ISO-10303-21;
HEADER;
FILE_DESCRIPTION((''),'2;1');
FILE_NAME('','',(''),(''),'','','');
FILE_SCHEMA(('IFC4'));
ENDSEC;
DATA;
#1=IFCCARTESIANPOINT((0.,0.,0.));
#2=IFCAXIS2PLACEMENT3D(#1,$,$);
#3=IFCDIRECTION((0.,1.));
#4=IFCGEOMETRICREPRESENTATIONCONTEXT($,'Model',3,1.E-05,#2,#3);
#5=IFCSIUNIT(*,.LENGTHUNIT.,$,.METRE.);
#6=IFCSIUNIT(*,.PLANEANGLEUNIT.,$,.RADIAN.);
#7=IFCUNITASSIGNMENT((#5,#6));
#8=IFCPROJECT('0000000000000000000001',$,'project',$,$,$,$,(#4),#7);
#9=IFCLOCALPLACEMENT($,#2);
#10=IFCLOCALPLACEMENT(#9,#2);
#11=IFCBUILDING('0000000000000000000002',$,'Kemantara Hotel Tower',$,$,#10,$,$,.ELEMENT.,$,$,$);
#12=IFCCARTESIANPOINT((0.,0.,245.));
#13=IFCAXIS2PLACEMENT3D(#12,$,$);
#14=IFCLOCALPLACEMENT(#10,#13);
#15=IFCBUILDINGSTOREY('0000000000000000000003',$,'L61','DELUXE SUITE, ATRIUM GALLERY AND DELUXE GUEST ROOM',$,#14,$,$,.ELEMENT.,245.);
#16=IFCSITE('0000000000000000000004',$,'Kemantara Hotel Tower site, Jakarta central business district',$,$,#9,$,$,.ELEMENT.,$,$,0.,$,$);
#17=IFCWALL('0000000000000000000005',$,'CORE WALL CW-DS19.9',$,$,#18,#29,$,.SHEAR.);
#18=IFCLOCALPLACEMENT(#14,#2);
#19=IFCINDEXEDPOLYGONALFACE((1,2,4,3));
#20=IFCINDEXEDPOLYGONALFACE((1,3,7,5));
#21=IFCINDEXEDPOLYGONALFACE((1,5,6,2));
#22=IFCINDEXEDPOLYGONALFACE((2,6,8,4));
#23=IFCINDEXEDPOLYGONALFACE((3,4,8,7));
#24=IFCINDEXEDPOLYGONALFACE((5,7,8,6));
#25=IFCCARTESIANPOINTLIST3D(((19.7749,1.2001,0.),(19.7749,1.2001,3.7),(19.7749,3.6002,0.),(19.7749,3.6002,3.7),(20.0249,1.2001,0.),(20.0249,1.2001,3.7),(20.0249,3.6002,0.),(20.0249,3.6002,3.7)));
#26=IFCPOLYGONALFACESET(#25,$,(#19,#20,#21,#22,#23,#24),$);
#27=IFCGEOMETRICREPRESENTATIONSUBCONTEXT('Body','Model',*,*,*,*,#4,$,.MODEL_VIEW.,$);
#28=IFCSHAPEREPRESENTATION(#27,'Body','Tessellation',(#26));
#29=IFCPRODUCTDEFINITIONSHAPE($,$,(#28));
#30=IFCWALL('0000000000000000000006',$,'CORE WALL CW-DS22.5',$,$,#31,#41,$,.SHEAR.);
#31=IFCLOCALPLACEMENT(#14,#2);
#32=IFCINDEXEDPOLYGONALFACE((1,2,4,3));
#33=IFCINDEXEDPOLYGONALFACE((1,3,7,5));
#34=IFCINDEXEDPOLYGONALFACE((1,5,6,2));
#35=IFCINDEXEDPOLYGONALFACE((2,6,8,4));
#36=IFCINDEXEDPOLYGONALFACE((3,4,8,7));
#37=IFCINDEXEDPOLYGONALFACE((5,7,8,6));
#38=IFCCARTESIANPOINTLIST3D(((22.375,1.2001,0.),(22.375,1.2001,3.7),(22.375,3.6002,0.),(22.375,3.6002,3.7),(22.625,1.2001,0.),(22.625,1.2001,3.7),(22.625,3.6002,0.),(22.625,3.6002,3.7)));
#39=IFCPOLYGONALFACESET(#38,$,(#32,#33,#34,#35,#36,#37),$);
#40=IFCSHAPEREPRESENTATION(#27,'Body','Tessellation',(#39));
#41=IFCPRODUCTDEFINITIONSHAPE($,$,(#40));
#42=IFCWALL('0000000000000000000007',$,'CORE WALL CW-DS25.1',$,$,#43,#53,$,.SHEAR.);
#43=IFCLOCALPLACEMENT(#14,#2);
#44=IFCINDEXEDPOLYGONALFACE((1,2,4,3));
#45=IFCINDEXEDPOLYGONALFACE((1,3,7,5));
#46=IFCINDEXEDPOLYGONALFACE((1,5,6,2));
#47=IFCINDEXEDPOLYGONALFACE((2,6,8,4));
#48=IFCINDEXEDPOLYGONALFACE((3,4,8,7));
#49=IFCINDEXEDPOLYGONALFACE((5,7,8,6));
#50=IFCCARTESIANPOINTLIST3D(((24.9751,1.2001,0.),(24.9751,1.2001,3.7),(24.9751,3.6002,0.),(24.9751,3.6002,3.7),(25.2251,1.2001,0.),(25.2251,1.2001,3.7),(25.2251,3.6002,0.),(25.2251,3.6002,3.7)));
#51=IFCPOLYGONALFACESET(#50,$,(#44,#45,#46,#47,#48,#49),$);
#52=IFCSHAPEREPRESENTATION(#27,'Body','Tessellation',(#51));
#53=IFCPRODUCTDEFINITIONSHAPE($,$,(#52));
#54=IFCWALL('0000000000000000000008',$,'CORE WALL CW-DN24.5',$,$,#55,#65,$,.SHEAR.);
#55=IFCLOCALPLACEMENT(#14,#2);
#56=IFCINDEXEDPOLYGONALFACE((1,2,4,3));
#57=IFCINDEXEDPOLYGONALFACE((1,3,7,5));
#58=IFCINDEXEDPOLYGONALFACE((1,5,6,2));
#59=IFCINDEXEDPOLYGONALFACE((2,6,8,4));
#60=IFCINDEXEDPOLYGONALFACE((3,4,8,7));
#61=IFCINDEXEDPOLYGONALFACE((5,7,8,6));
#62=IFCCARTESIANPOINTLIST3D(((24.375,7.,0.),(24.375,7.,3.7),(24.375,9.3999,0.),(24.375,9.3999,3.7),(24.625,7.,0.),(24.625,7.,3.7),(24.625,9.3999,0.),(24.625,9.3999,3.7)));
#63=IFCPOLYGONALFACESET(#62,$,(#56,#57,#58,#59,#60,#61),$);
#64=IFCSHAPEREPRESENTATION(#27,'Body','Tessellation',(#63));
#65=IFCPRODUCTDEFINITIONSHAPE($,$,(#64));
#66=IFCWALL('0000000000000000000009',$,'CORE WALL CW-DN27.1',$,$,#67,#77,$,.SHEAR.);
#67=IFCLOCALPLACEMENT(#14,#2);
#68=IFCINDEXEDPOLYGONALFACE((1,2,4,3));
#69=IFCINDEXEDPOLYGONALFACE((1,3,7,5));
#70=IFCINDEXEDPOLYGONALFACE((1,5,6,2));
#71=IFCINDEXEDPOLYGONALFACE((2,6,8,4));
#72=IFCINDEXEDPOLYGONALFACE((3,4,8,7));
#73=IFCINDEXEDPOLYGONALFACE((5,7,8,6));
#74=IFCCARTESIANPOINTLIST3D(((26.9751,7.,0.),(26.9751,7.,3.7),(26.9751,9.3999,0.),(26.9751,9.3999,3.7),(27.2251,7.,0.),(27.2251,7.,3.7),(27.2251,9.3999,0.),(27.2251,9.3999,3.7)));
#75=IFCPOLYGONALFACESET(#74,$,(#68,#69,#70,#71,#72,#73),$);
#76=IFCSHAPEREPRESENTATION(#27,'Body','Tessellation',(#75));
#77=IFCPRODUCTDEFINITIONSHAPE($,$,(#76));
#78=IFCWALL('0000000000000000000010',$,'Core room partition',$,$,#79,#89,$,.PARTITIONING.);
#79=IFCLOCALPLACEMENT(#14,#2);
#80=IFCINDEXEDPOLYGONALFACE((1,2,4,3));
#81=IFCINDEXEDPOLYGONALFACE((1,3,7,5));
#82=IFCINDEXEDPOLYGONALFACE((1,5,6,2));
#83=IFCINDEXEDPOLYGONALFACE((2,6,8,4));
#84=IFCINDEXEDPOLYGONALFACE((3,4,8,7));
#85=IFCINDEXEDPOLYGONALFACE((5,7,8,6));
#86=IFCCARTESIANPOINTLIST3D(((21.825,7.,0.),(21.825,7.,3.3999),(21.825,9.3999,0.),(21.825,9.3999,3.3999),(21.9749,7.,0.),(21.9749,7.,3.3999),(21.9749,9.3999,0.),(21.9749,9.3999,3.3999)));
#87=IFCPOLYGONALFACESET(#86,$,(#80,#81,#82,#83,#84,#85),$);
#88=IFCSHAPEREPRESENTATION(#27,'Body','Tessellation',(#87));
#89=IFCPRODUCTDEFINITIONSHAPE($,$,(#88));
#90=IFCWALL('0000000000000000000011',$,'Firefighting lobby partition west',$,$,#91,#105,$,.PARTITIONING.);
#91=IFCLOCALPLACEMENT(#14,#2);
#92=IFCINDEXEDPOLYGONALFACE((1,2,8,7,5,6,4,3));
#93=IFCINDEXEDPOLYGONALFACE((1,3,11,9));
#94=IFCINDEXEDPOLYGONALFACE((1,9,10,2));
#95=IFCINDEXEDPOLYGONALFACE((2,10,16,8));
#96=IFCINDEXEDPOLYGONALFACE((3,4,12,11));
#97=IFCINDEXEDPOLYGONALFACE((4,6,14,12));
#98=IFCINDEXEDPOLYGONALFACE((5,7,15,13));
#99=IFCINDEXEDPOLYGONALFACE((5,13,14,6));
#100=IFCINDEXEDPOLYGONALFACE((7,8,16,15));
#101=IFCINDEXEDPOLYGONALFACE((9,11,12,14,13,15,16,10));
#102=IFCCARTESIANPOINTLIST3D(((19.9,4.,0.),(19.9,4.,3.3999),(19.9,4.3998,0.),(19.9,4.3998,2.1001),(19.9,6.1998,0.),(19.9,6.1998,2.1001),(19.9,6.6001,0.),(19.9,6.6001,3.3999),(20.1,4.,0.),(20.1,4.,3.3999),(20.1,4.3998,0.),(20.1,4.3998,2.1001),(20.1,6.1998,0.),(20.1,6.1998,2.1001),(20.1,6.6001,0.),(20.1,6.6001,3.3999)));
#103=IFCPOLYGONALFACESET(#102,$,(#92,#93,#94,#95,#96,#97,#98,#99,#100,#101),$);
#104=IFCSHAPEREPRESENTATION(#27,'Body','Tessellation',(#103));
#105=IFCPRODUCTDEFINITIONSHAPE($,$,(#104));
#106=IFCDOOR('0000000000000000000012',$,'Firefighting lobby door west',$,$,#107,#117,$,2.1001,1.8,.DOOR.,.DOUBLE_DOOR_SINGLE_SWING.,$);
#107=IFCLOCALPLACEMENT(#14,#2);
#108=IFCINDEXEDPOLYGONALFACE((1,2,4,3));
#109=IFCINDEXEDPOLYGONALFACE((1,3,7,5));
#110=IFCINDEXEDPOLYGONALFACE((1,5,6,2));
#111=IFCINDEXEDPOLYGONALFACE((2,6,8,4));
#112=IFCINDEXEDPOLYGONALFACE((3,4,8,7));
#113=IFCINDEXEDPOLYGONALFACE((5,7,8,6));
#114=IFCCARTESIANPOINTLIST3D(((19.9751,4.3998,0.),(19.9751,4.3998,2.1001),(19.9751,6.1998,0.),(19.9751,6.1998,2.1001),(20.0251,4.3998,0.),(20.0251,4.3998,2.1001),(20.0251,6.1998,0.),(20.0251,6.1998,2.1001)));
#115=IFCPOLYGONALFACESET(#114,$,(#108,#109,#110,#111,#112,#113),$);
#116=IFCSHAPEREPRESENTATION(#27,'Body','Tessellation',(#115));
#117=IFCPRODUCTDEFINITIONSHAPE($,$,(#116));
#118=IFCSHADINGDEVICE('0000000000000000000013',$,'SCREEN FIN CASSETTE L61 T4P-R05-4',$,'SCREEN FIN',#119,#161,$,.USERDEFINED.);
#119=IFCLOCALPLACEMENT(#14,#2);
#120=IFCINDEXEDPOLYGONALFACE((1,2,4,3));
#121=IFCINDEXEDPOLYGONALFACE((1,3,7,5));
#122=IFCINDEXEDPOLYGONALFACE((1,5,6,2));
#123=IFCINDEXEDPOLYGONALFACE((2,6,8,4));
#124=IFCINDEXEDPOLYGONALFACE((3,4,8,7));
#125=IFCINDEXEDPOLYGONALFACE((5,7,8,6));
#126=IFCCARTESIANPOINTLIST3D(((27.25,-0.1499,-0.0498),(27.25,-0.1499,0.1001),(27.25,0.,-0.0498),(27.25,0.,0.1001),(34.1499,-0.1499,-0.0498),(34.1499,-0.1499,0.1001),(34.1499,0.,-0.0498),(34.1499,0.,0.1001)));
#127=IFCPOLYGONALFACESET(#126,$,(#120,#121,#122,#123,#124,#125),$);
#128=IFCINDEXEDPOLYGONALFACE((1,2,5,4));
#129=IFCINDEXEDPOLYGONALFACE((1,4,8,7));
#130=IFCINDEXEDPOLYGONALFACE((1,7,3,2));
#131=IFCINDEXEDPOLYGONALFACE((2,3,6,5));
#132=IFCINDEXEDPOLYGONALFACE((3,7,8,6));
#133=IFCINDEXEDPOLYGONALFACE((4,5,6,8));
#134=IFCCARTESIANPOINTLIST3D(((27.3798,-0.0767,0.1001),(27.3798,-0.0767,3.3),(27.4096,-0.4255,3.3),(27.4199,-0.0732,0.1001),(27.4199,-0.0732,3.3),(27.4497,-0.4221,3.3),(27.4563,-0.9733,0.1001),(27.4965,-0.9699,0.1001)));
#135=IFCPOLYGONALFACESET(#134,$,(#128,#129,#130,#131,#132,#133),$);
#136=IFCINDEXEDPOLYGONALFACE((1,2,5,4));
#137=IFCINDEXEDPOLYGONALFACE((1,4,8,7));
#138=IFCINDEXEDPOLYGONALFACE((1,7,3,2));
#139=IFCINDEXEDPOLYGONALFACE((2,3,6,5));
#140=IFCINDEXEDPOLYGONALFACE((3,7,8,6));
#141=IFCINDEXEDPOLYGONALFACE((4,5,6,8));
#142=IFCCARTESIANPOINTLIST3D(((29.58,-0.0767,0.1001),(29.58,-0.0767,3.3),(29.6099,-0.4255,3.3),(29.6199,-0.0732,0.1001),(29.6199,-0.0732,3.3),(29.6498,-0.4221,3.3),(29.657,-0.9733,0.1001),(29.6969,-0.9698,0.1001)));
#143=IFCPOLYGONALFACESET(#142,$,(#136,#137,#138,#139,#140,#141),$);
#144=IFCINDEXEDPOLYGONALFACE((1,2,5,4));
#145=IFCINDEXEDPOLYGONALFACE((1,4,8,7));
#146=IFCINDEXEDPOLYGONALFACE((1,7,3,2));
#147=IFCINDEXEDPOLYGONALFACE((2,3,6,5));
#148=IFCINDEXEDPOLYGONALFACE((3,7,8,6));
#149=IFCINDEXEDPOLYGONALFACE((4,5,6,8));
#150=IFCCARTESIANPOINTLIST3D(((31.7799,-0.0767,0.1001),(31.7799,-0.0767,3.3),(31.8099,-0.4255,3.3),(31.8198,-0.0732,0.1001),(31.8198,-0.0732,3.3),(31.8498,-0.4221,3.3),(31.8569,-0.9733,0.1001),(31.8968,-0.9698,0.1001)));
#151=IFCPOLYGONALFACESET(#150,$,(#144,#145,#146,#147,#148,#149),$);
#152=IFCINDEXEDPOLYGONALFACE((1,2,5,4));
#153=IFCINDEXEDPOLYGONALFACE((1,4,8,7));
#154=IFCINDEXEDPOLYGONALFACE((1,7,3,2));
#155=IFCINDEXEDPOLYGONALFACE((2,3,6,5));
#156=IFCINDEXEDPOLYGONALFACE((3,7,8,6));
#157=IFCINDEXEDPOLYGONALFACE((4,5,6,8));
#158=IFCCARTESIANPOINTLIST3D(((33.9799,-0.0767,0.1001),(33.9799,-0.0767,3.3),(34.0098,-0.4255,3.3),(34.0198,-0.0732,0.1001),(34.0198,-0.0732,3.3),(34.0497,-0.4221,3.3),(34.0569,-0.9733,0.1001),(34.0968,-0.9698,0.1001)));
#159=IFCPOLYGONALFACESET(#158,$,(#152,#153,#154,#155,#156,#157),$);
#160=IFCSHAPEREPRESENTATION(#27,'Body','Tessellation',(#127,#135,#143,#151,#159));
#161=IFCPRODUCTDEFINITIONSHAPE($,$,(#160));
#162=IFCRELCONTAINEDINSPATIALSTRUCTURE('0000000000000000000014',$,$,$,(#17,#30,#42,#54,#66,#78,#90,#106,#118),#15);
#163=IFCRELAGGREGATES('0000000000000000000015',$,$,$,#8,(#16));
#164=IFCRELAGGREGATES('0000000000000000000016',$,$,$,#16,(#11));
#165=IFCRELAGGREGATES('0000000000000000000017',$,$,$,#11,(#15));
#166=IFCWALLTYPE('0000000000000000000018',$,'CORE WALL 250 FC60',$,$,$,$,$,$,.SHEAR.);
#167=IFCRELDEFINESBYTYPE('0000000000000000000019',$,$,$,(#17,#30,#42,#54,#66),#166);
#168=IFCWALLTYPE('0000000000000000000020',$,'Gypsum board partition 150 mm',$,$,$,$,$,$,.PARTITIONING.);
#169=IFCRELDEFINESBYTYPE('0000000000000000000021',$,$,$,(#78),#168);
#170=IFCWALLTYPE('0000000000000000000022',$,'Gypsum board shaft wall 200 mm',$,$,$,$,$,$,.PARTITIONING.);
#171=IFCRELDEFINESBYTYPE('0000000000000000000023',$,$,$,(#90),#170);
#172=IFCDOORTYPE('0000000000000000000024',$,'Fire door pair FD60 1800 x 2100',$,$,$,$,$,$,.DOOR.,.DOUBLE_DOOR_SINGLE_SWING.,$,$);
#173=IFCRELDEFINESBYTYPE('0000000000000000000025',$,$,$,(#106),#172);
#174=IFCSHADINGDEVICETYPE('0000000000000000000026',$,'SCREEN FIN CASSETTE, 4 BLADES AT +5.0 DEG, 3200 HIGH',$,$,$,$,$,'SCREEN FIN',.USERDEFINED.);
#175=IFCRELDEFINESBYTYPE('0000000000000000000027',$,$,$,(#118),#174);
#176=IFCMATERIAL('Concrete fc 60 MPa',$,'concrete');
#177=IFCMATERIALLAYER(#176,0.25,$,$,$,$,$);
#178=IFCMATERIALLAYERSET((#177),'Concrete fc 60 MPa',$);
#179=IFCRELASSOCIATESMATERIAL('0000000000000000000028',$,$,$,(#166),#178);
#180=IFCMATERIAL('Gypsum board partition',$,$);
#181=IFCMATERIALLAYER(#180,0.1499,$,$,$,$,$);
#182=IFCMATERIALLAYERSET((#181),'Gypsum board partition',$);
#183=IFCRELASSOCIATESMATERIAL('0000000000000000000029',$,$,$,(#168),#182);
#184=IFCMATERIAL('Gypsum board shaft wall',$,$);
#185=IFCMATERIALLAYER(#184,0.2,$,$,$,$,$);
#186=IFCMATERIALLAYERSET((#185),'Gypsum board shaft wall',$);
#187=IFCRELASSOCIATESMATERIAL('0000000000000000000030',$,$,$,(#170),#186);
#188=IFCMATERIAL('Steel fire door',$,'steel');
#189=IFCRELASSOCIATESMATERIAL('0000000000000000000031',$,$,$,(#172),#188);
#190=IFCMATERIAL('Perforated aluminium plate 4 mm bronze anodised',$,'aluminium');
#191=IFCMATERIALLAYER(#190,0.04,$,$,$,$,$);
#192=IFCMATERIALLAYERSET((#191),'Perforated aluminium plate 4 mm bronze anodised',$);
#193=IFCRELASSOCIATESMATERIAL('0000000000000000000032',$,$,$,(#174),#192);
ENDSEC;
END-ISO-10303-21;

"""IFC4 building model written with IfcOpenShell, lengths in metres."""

from ifc_helpers import new_model, si_unit, direction, frame, frame_2d, origin, origin_2d, place, context, subcontext, project, spatial, polyline, rectangle, outline, extrude, source, transform, mapped, material, layer, layer_set, type_object, element, fill, save


model = new_model("IFC4")

# Units and contexts
model_context = context("Model", 3, precision=1e-05, world=origin(), true_north=direction((0.0, 1.0)))
body_context = subcontext(model_context, "Body", "Model", "MODEL_VIEW")
ifc_project = project(units=[si_unit("LENGTHUNIT", "METRE"), si_unit("PLANEANGLEUNIT", "RADIAN")], contexts=[model_context])

# Site, building, storey
site_placement = place(None, origin())
site = spatial("IfcSite", under=ifc_project, at=site_placement, Name="Kemantara Hotel Tower site, Jakarta central business district", CompositionType="ELEMENT", RefElevation=0.0)
building_placement = place(site_placement, origin())
building = spatial("IfcBuilding", under=site, at=building_placement, Name="Kemantara Hotel Tower", CompositionType="ELEMENT")
storey_placement = place(building_placement, frame((0.0, 0.0, 245.0)))
storey = spatial("IfcBuildingStorey", under=building, at=storey_placement, Name="L61", Description="DELUXE SUITE, ATRIUM GALLERY AND DELUXE GUEST ROOM", CompositionType="ELEMENT", Elevation=245.0)

# Walls
ifc_material_1 = material(Name="Concrete fc 60 MPa", Category="concrete")
ifc_layer_1 = layer(ifc_material_1, 0.25)
ifc_layer_set_1 = layer_set([ifc_layer_1], Name="Concrete fc 60 MPa")
wall_type_1 = type_object("IfcWallType", Name="CORE WALL 250 FC60", PredefinedType="SHEAR", material=ifc_layer_set_1)
for number, where, z_axis, x_axis, name in (
    (1, (19.8999, 1.2, 0.0), (0.0, 0.0, 1.0), (0.0, 1.0, 0.0), "CORE WALL CW-DS19.9"),
    (2, (22.5, 1.2, 0.0), (0.0, 0.0, 1.0), (0.0, 1.0, 0.0), "CORE WALL CW-DS22.5"),
    (3, (25.1001, 1.2, 0.0), (0.0, 0.0, 1.0), (0.0, 1.0, 0.0), "CORE WALL CW-DS25.1"),
):
    element("IfcWall", number, at=place(storey_placement, frame(where, z_axis=z_axis, x_axis=x_axis)), inside=storey, type_object=wall_type_1, Name=name, PredefinedType="SHEAR", context=body_context, shape_type="SweptSolid", body=[
        extrude(rectangle(XDim=2.4001, YDim=0.25, at=frame_2d((1.2002, 0.0))), origin(), (0.0, 0.0, 1.0), 3.7),
    ])
for number, where, z_axis, x_axis, name in (
    (4, (24.5, 7.0, 0.0), (0.0, 0.0, 1.0), (0.0, 1.0, 0.0), "CORE WALL CW-DN24.5"),
    (5, (27.1001, 7.0, 0.0), (0.0, 0.0, 1.0), (0.0, 1.0, 0.0), "CORE WALL CW-DN27.1"),
):
    element("IfcWall", number, at=place(storey_placement, frame(where, z_axis=z_axis, x_axis=x_axis)), inside=storey, type_object=wall_type_1, Name=name, PredefinedType="SHEAR", context=body_context, shape_type="SweptSolid", body=[
        extrude(rectangle(XDim=2.3999, YDim=0.25, at=frame_2d((1.2, 0.0))), origin(), (0.0, 0.0, 1.0), 3.7),
    ])
ifc_material_2 = material(Name="Gypsum board partition")
ifc_layer_2 = layer(ifc_material_2, 0.1499)
ifc_layer_set_2 = layer_set([ifc_layer_2], Name="Gypsum board partition")
wall_type_2 = type_object("IfcWallType", Name="Gypsum board partition 150 mm", PredefinedType="PARTITIONING", material=ifc_layer_set_2)
wall_1_placement = place(storey_placement, frame((21.8999, 7.0, 0.0), z_axis=(0.0, 0.0, 1.0), x_axis=(0.0, 1.0, 0.0)))
element("IfcWall", 6, at=wall_1_placement, inside=storey, type_object=wall_type_2, Name="Core room partition", PredefinedType="PARTITIONING", context=body_context, shape_type="SweptSolid", body=[
    extrude(rectangle(XDim=2.3999, YDim=0.1499, at=frame_2d((1.2, 0.0))), origin(), (0.0, 0.0, 1.0), 3.3999),
])

# Wall, opening, door
ifc_material_3 = material(Name="Gypsum board shaft wall")
ifc_layer_3 = layer(ifc_material_3, 0.2)
ifc_layer_set_3 = layer_set([ifc_layer_3], Name="Gypsum board shaft wall")
wall_type_3 = type_object("IfcWallType", Name="Gypsum board shaft wall 200 mm", PredefinedType="PARTITIONING", material=ifc_layer_set_3)
wall_2_placement = place(storey_placement, frame((20.0, 4.0, 0.0), z_axis=(0.0, 0.0, 1.0), x_axis=(0.0, 1.0, 0.0)))
wall_2 = element("IfcWall", 7, at=wall_2_placement, inside=storey, type_object=wall_type_3, Name="Firefighting lobby partition west", PredefinedType="PARTITIONING", context=body_context, shape_type="SweptSolid", body=[
    extrude(rectangle(XDim=2.6001, YDim=0.2, at=frame_2d((1.3, 0.0))), origin(), (0.0, 0.0, 1.0), 3.3999),
])
opening_placement = place(wall_2_placement, frame((0.3999, 0.0, 0.0)))
opening = element("IfcOpeningElement", 8, at=opening_placement, cuts=wall_2, PredefinedType="OPENING", context=body_context, shape_type="SweptSolid", body=[
    extrude(rectangle(XDim=1.8, YDim=2.1001, at=frame_2d((0.8999, 1.05))), frame((0.0, 0.1099, 0.0), z_axis=(0.0, -1.0, 0.0), x_axis=(1.0, 0.0, 0.0)), (0.0, 0.0, 1.0), 0.22),
])
ifc_material_4 = material(Name="Steel fire door", Category="steel")
door_type = type_object("IfcDoorType", Name="Fire door pair FD60 1800 x 2100", OperationType="DOUBLE_DOOR_SINGLE_SWING", PredefinedType="DOOR", material=ifc_material_4)
door_placement = place(opening_placement, origin())
door = element("IfcDoor", 9, at=door_placement, inside=storey, type_object=door_type, Name="Firefighting lobby door west", OperationType="DOUBLE_DOOR_SINGLE_SWING", OverallHeight=2.1001, OverallWidth=1.8, PredefinedType="DOOR", context=body_context, shape_type="SweptSolid", body=[
    extrude(rectangle(XDim=1.8, YDim=2.1001, at=frame_2d((0.8999, 1.05))), frame((0.0, 0.0249, 0.0), z_axis=(0.0, -1.0, 0.0), x_axis=(1.0, 0.0, 0.0)), (0.0, 0.0, 1.0), 0.05),
])
fill(opening, door)

# Shading device
ifc_material_5 = material(Name="Perforated aluminium plate 4 mm bronze anodised", Category="aluminium")
ifc_layer_4 = layer(ifc_material_5, 0.04)
ifc_layer_set_4 = layer_set([ifc_layer_4], Name="Perforated aluminium plate 4 mm bronze anodised")
shading_device_type = type_object("IfcShadingDeviceType", Name="SCREEN FIN CASSETTE, 4 BLADES AT +5.0 DEG, 3200 HIGH", ElementType="SCREEN FIN", PredefinedType="USERDEFINED", material=ifc_layer_set_4)
shared_shape = source(origin(), body_context, "Body", "SweptSolid", [
    extrude(rectangle(XDim=6.8999, YDim=0.1499, at=origin_2d()), frame((3.3, -0.075, -0.1499), z_axis=(0.0, 0.0, 1.0), x_axis=(1.0, 0.0, 0.0)), (0.0, 0.0, 1.0), 0.1499),
    extrude(outline(polyline([(0.0, 0.0), (0.8999, 0.0), (0.3501, 3.2), (0.0, 3.2), (0.0, 0.0)])), frame((0.02, -0.0732, 0.0), z_axis=(-0.996376, -0.085056, 0.0), x_axis=(0.085056, -0.996376, 0.0)), (0.0, 0.0, 1.0), 0.0403),
    extrude(outline(polyline([(0.0, 0.0), (0.8999, 0.0), (0.3501, 3.2), (0.0, 3.2), (0.0, 0.0)])), frame((2.22, -0.0732, 0.0), z_axis=(-0.996332, -0.085575, 0.0), x_axis=(0.085575, -0.996332, 0.0)), (0.0, 0.0, 1.0), 0.04),
    extrude(outline(polyline([(0.0, 0.0), (0.8999, 0.0), (0.3501, 3.2), (0.0, 3.2), (0.0, 0.0)])), frame((4.4199, -0.0732, 0.0), z_axis=(-0.996332, -0.085575, 0.0), x_axis=(0.085575, -0.996332, 0.0)), (0.0, 0.0, 1.0), 0.04),
    extrude(outline(polyline([(0.0, 0.0), (0.8999, 0.0), (0.3501, 3.2), (0.0, 3.2), (0.0, 0.0)])), frame((6.6199, -0.0732, 0.0), z_axis=(-0.996332, -0.085575, 0.0), x_axis=(0.085575, -0.996332, 0.0)), (0.0, 0.0, 1.0), 0.04),
])
shading_device_placement = place(storey_placement, frame((27.3999, 0.0, 0.1001), z_axis=(0.0, 0.0, 1.0), x_axis=(1.0, 0.0, 0.0)))
element("IfcShadingDevice", 10, at=shading_device_placement, inside=storey, type_object=shading_device_type, Name="SCREEN FIN CASSETTE L61 T4P-R05-4", ObjectType="SCREEN FIN", PredefinedType="USERDEFINED", context=body_context, shape_type="MappedRepresentation", body=[
    mapped(shared_shape, transform((0.0, 0.0, 0.0))),
])

save(model, "model.ifc")
